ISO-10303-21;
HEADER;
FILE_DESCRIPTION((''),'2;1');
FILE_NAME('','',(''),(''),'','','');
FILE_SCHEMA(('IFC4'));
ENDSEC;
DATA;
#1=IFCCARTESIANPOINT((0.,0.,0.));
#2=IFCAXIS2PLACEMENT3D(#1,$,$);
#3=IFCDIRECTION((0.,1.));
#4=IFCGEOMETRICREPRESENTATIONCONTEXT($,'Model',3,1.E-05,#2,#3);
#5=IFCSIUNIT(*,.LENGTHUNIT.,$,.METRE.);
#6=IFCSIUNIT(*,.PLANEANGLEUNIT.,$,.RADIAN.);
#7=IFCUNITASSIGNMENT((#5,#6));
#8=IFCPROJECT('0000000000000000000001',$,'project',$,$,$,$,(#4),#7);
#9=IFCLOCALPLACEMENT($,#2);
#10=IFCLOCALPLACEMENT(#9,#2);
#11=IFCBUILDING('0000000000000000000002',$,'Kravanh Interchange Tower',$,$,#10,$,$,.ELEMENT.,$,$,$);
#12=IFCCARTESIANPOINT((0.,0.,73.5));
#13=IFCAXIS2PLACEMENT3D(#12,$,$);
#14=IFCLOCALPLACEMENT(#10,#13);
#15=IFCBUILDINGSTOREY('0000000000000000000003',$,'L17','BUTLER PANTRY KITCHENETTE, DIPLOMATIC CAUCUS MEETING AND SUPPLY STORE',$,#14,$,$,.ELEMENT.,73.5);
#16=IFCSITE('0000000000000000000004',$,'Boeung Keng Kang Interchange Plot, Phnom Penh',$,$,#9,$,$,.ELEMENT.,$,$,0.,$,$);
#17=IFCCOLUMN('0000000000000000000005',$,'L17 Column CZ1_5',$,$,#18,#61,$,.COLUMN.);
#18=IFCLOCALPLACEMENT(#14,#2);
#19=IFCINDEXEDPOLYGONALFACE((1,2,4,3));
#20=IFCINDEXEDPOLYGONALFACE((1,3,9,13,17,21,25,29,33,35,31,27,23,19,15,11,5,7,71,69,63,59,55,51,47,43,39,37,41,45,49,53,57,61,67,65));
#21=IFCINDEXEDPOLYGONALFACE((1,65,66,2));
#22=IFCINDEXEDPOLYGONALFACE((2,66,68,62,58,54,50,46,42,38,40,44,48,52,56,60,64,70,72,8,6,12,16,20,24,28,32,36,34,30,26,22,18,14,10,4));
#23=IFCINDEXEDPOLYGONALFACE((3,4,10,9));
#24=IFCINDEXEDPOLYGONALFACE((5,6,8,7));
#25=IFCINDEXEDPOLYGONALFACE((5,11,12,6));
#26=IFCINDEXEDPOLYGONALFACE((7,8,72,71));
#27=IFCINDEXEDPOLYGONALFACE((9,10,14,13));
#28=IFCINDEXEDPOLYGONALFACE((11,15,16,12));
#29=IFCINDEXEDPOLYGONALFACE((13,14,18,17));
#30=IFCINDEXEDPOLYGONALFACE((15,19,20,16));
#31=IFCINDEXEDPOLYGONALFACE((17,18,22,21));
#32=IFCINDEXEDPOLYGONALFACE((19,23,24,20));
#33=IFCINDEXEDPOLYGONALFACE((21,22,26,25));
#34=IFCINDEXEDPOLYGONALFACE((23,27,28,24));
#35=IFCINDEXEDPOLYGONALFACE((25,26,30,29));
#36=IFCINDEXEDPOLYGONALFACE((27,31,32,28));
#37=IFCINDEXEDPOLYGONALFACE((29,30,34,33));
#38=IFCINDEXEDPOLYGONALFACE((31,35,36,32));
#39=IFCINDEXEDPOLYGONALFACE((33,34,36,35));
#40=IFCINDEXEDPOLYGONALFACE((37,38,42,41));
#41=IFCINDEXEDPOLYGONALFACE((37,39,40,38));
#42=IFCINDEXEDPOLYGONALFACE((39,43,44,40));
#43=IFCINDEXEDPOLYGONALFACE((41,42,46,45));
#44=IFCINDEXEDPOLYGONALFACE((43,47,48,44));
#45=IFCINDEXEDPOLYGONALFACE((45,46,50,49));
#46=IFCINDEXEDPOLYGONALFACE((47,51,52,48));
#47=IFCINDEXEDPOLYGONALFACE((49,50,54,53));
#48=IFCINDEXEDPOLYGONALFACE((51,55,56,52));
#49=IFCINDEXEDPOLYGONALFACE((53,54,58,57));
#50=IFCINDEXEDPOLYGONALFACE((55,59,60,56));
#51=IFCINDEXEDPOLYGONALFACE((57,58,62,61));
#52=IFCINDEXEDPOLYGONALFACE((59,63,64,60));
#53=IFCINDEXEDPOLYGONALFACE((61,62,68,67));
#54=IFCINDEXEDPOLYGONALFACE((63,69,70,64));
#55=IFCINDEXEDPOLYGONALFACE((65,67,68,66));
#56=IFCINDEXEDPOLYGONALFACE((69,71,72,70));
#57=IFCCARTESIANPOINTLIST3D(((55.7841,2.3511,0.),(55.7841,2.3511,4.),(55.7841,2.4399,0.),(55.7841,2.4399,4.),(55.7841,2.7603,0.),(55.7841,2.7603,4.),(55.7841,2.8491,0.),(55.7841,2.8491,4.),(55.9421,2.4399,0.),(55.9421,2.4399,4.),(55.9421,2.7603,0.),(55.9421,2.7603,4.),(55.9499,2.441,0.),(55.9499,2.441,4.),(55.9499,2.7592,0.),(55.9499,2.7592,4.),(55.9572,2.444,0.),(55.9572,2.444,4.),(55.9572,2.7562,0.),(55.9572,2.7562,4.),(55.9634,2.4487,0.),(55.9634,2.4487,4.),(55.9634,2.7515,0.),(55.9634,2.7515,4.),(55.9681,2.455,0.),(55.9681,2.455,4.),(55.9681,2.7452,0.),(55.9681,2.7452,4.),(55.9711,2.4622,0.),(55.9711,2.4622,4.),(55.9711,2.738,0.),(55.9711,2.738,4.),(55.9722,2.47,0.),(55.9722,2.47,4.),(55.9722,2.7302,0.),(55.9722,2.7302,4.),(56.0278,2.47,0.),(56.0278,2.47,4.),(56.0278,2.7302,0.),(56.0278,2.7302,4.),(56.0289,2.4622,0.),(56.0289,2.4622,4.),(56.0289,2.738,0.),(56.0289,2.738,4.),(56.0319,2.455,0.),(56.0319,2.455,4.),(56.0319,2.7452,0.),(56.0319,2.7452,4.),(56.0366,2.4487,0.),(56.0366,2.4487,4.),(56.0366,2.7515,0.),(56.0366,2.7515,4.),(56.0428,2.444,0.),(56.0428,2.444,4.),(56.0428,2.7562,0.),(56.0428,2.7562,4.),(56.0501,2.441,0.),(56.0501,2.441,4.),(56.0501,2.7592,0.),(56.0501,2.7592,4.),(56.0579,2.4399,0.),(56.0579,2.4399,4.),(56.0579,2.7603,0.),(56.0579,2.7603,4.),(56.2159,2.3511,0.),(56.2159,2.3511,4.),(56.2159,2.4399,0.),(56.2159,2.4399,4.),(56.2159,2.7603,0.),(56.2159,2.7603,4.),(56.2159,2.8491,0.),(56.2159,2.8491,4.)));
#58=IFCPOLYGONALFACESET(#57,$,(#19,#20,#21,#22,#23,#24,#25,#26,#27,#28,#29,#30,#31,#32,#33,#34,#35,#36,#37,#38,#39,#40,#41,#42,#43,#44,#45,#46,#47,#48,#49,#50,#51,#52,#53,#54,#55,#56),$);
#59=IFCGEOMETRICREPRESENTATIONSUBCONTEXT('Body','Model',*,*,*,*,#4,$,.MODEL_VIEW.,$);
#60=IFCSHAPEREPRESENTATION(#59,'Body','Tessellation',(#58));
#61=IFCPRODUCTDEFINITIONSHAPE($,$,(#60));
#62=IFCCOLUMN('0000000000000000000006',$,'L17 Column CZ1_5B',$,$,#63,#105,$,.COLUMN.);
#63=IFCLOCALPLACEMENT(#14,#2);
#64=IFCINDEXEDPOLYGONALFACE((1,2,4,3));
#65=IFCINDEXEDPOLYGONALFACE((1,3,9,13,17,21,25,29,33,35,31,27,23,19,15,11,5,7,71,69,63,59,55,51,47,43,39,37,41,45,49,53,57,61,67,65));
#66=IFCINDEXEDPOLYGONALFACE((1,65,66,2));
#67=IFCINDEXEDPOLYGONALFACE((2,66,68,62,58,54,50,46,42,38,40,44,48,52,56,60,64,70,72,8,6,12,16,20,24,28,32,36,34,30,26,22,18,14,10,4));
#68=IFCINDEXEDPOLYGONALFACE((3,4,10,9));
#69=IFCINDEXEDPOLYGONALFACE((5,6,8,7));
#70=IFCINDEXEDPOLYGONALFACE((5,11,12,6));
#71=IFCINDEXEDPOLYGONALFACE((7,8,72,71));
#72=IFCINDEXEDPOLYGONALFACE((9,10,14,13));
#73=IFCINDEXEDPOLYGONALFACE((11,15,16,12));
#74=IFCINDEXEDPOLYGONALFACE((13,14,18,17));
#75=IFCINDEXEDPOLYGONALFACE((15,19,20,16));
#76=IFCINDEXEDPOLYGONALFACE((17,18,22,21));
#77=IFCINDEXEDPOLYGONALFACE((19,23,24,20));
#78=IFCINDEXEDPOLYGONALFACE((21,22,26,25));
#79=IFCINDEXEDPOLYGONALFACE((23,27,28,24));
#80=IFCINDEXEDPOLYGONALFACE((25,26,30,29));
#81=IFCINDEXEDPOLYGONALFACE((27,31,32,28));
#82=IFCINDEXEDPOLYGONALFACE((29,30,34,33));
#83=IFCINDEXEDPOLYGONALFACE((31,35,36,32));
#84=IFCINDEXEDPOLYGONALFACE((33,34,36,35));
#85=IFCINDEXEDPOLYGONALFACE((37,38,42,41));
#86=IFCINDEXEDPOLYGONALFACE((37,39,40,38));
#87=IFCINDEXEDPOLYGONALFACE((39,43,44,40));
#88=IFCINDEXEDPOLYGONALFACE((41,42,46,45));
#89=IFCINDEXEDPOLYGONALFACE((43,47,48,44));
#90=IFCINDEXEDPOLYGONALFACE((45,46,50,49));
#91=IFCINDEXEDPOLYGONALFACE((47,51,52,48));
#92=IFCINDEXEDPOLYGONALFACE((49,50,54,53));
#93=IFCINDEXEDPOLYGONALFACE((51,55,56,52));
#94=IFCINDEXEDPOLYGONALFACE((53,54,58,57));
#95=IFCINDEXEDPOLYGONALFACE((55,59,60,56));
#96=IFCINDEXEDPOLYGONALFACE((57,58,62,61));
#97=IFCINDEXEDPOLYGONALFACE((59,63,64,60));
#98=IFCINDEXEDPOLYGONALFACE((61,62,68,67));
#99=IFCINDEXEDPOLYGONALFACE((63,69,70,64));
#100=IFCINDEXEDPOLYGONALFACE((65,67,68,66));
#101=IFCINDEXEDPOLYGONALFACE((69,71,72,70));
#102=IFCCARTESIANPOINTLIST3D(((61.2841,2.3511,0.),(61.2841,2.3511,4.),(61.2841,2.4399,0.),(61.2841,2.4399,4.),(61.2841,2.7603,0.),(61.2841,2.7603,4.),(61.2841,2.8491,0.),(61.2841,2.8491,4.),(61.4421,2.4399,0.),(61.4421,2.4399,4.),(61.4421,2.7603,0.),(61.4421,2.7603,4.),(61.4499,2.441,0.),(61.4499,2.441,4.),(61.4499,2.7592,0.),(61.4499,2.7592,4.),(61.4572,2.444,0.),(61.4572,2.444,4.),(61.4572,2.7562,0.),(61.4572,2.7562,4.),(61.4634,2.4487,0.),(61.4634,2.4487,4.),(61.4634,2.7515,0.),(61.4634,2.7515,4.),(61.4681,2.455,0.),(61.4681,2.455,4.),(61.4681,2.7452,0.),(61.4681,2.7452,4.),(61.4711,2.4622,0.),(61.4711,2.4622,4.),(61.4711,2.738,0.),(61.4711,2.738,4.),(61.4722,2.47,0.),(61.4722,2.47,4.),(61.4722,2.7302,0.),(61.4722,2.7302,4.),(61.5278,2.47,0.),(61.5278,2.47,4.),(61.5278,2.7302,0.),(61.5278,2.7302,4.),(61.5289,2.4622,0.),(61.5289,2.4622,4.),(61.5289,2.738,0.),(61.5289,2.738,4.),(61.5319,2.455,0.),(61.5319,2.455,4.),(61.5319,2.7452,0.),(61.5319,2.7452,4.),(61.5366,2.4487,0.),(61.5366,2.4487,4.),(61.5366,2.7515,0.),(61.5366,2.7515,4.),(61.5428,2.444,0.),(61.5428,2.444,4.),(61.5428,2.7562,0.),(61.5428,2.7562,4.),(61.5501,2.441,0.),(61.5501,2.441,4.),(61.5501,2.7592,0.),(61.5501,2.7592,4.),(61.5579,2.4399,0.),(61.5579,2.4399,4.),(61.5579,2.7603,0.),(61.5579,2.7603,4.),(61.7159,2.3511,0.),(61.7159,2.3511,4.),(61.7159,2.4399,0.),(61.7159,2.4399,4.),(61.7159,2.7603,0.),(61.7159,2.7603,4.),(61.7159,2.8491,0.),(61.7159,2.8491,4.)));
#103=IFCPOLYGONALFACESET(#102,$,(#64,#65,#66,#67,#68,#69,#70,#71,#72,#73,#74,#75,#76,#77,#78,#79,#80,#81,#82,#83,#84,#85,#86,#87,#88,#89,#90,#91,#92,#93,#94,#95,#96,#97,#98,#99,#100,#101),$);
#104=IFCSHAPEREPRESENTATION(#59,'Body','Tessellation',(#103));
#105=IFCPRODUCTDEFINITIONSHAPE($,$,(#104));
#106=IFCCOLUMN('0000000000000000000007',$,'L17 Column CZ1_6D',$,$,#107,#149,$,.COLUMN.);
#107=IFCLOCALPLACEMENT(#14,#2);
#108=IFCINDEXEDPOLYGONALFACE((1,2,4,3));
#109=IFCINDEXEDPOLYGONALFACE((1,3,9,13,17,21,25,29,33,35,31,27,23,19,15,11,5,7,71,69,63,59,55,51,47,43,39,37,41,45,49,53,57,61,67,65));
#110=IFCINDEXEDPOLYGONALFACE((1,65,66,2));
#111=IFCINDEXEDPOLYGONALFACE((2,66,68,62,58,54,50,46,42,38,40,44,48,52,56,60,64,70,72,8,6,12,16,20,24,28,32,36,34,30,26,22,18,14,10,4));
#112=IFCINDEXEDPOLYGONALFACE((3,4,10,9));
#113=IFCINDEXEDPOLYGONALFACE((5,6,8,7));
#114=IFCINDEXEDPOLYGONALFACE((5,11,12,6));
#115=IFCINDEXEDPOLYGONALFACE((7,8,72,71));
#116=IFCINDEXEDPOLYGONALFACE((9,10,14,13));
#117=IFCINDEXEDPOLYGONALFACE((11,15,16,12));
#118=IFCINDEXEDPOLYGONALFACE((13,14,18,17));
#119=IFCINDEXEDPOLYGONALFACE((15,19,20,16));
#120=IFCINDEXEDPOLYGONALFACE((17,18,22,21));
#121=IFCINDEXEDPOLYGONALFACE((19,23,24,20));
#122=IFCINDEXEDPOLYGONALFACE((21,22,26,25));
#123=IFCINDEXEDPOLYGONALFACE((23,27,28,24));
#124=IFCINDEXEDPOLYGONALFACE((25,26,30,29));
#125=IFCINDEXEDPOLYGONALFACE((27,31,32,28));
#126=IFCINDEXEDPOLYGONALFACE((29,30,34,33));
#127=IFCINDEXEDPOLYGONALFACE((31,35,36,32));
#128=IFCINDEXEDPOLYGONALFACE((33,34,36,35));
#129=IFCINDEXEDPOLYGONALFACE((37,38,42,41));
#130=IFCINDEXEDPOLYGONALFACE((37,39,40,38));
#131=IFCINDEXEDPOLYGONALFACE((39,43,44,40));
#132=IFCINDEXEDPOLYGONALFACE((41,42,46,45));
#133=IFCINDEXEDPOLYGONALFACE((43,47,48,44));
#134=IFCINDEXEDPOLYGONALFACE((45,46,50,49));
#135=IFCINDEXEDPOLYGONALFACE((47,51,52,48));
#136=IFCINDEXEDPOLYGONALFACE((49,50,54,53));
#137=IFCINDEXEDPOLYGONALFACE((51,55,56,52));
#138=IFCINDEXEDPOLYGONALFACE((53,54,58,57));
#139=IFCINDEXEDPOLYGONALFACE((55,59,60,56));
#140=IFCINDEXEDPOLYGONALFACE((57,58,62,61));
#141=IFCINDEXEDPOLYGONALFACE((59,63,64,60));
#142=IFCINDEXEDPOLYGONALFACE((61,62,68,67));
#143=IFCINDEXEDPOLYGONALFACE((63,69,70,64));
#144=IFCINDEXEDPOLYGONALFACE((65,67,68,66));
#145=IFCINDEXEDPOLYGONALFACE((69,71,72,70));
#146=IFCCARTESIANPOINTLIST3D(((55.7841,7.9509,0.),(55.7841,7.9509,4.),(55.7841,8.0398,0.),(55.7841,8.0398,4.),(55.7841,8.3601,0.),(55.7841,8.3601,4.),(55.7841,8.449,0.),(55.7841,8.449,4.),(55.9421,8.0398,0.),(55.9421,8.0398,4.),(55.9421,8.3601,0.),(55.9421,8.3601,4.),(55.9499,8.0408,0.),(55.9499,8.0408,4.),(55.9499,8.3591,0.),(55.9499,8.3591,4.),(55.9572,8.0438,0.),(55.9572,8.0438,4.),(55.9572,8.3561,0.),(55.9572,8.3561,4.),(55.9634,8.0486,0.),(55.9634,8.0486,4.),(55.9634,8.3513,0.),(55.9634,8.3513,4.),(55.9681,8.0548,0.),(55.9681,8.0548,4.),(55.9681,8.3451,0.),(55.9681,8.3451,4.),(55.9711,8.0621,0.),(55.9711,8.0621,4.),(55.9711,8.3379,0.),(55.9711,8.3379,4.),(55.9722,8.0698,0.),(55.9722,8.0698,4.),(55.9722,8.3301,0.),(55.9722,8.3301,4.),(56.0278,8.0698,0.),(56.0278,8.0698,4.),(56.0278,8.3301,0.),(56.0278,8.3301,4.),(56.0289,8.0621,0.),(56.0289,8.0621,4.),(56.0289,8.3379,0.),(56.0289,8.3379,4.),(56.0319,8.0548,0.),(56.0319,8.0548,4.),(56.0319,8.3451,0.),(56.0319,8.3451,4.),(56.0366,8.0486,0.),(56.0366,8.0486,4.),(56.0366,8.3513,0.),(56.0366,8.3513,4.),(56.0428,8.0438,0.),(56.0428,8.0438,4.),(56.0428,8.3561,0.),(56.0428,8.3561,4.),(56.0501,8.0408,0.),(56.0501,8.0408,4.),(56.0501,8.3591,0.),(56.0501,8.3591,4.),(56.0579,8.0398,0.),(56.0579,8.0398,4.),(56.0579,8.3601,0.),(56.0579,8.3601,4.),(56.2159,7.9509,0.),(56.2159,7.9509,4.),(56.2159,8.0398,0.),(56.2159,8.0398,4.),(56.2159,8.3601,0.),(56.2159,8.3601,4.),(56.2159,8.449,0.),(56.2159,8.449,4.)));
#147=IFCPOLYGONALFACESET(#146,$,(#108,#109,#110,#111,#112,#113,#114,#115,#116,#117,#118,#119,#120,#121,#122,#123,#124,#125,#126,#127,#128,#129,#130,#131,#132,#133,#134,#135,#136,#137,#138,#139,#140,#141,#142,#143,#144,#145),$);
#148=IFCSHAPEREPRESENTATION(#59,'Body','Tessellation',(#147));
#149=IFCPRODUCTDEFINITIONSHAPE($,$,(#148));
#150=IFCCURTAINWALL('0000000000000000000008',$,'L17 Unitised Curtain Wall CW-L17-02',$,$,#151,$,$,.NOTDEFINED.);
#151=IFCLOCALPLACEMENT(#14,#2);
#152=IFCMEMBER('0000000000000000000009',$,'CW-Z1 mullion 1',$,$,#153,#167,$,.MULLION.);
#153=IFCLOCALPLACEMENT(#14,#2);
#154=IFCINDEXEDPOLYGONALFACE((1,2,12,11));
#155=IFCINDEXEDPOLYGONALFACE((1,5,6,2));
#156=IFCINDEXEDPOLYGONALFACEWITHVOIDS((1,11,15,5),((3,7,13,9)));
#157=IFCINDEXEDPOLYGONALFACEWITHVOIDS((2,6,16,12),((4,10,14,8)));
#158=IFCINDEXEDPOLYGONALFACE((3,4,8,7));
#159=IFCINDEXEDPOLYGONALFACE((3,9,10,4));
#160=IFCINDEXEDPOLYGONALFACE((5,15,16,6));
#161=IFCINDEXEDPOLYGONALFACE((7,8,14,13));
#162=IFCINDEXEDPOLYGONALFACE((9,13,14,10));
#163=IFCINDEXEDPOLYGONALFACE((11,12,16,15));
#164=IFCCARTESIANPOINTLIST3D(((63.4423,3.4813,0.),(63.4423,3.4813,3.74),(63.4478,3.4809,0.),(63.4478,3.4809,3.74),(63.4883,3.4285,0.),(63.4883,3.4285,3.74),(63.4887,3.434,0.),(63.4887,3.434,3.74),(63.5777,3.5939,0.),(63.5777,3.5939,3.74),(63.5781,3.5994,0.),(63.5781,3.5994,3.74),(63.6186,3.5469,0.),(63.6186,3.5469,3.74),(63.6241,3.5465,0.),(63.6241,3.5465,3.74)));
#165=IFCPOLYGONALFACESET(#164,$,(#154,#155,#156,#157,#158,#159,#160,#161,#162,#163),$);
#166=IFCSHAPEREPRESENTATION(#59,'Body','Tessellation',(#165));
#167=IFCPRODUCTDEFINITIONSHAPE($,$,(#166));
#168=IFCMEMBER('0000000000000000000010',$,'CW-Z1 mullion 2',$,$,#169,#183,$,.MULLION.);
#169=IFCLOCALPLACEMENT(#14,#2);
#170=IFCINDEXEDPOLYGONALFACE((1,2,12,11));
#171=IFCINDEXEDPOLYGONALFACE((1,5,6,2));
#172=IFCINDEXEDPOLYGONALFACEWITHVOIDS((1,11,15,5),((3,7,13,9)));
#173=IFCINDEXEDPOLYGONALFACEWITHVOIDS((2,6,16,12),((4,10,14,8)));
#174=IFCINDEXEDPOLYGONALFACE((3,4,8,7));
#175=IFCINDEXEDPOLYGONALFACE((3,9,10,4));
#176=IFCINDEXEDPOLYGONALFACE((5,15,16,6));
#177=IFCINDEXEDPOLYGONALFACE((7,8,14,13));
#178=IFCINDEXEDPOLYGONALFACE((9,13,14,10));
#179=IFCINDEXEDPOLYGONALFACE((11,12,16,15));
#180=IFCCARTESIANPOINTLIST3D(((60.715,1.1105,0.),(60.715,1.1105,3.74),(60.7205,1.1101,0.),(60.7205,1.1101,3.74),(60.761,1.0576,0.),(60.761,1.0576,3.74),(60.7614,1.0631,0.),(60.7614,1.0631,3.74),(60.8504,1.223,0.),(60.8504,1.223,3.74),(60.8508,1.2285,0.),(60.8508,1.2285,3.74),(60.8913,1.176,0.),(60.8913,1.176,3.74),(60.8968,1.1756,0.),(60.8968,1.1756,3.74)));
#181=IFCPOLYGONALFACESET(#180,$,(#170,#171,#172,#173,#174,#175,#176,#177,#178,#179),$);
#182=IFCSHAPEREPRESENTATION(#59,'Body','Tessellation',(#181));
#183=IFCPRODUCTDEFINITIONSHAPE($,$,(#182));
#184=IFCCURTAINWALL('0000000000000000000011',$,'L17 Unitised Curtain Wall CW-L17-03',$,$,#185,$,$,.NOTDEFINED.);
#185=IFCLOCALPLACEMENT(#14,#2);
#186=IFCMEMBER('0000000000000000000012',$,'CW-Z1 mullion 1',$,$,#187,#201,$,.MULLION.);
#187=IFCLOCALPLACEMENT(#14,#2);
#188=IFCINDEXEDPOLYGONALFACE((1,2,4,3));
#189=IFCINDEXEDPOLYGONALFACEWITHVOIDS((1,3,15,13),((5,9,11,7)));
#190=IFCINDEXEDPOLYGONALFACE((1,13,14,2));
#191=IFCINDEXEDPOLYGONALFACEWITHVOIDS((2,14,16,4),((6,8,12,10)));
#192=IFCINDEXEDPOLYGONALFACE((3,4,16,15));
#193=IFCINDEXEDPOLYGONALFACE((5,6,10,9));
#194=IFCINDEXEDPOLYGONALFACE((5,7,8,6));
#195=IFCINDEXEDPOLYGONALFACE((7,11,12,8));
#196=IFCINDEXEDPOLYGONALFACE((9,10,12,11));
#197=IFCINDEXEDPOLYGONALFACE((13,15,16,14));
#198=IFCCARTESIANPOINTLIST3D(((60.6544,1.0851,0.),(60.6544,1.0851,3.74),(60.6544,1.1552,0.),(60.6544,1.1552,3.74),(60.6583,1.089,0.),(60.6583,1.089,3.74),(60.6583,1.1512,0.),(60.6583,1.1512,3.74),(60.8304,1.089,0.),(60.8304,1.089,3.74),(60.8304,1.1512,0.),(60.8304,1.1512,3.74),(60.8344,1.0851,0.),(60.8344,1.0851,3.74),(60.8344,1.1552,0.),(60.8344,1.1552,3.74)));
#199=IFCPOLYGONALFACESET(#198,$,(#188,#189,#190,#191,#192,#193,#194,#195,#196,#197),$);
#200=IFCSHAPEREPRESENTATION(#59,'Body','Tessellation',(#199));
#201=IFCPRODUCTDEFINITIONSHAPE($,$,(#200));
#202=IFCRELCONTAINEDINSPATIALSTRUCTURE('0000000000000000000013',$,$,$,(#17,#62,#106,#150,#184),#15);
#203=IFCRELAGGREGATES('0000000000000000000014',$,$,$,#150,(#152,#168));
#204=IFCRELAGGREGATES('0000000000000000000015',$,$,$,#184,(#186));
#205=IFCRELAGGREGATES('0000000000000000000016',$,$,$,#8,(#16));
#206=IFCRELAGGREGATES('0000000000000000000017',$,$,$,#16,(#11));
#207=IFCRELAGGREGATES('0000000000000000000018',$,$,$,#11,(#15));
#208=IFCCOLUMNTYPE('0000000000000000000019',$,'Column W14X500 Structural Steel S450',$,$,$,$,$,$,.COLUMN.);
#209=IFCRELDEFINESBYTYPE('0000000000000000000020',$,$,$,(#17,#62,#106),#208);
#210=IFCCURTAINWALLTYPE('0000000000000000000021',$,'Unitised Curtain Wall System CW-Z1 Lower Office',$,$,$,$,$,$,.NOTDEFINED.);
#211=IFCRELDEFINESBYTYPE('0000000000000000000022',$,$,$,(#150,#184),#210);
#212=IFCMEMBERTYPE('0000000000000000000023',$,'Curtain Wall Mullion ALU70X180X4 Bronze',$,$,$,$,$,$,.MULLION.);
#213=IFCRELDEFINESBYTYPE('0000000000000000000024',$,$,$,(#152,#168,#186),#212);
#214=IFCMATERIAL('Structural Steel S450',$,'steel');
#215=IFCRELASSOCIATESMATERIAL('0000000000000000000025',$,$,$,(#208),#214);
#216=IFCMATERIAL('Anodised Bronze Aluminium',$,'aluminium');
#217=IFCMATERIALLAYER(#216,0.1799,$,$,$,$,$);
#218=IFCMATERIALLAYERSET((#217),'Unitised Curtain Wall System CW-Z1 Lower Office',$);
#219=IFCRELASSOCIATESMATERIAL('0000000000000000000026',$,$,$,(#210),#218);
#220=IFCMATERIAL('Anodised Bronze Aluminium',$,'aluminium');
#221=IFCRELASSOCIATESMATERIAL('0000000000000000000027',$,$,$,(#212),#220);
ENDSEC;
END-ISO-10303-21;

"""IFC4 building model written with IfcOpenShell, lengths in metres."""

from ifc_helpers import new_model, si_unit, direction, frame, origin, origin_2d, place, context, subcontext, project, spatial, hollow_rectangle, i_section, extrude, material, layer, layer_set, material_profile, profile_set, type_object, element, aggregate, save


model = new_model("IFC4")

# Units and contexts
model_context = context("Model", 3, precision=1e-05, world=origin(), true_north=direction((0.0, 1.0)))
body_context = subcontext(model_context, "Body", "Model", "MODEL_VIEW")
ifc_project = project(units=[si_unit("LENGTHUNIT", "METRE"), si_unit("PLANEANGLEUNIT", "RADIAN")], contexts=[model_context])

# Site, building, storey
site_placement = place(None, origin())
site = spatial("IfcSite", under=ifc_project, at=site_placement, Name="Boeung Keng Kang Interchange Plot, Phnom Penh", CompositionType="ELEMENT", RefElevation=0.0)
building_placement = place(site_placement, origin())
building = spatial("IfcBuilding", under=site, at=building_placement, Name="Kravanh Interchange Tower", CompositionType="ELEMENT")
storey_placement = place(building_placement, frame((0.0, 0.0, 73.5)))
storey = spatial("IfcBuildingStorey", under=building, at=storey_placement, Name="L17", Description="BUTLER PANTRY KITCHENETTE, DIPLOMATIC CAUCUS MEETING AND SUPPLY STORE", CompositionType="ELEMENT", Elevation=73.5)

# Columns
ifc_material_1 = material(Name="Structural Steel S450", Category="steel")
ifc_material_profile_1 = material_profile(ifc_material_1, i_section(OverallWidth=0.4319, OverallDepth=0.498, WebThickness=0.0557, FlangeThickness=0.0889, FilletRadius=0.03, at=origin_2d()), Name="W14X500")
ifc_profile_set_1 = profile_set([ifc_material_profile_1], Name="Structural Steel S450")
column_type = type_object("IfcColumnType", Name="Column W14X500 Structural Steel S450", PredefinedType="COLUMN", material=ifc_profile_set_1)
for number, where, z_axis, x_axis, name in (
    (1, (56.0, 2.6001, 0.0), (0.0, 0.0, 1.0), (1.0, 0.0, 0.0), "L17 Column CZ1_5"),
    (2, (61.5, 2.6001, 0.0), (0.0, 0.0, 1.0), (1.0, 0.0, 0.0), "L17 Column CZ1_5B"),
    (3, (56.0, 8.2, 0.0), (0.0, 0.0, 1.0), (1.0, 0.0, 0.0), "L17 Column CZ1_6D"),
):
    element("IfcColumn", number, at=place(storey_placement, frame(where, z_axis=z_axis, x_axis=x_axis)), inside=storey, type_object=column_type, Name=name, PredefinedType="COLUMN", context=body_context, shape_type="SweptSolid", body=[
        extrude(i_section(OverallWidth=0.4319, OverallDepth=0.498, WebThickness=0.0557, FlangeThickness=0.0889, FilletRadius=0.03, at=origin_2d()), origin(), (0.0, 0.0, 1.0), 4.0),
    ])

# Curtain walls, members
ifc_material_2 = material(Name="Anodised Bronze Aluminium", Category="aluminium")
ifc_layer_1 = layer(ifc_material_2, 0.1799)
ifc_layer_set_1 = layer_set([ifc_layer_1], Name="Unitised Curtain Wall System CW-Z1 Lower Office")
curtain_wall_type = type_object("IfcCurtainWallType", Name="Unitised Curtain Wall System CW-Z1 Lower Office", PredefinedType="NOTDEFINED", material=ifc_layer_set_1)
curtain_wall_1_placement = place(storey_placement, origin())
curtain_wall_1 = element("IfcCurtainWall", 4, at=curtain_wall_1_placement, inside=storey, type_object=curtain_wall_type, Name="L17 Unitised Curtain Wall CW-L17-02", PredefinedType="NOTDEFINED")
ifc_material_3 = material(Name="Anodised Bronze Aluminium", Category="aluminium")
ifc_material_profile_2 = material_profile(ifc_material_3, hollow_rectangle(XDim=0.0701, YDim=0.1799, WallThickness=0.0039, at=origin_2d()), Name="ALU70X180X4")
ifc_profile_set_2 = profile_set([ifc_material_profile_2], Name="Anodised Bronze Aluminium")
member_type_1 = type_object("IfcMemberType", Name="Curtain Wall Mullion ALU70X180X4 Bronze", PredefinedType="MULLION", material=ifc_profile_set_2)
member_1_placement = place(storey_placement, frame((63.5332, 3.5139, 0.0), z_axis=(0.0, 0.0, 1.0), x_axis=(0.65606, -0.754708, 0.0)))
member_1 = element("IfcMember", 5, at=member_1_placement, type_object=member_type_1, Name="CW-Z1 mullion 1", PredefinedType="MULLION", context=body_context, shape_type="SweptSolid", body=[
    extrude(hollow_rectangle(XDim=0.0701, YDim=0.1799, WallThickness=0.0039, at=origin_2d()), origin(), (0.0, 0.0, 1.0), 3.74),
])
member_2_placement = place(storey_placement, frame((60.8059, 1.1431, 0.0), z_axis=(0.0, 0.0, 1.0), x_axis=(0.65606, -0.754708, 0.0)))
member_2 = element("IfcMember", 6, at=member_2_placement, type_object=member_type_1, Name="CW-Z1 mullion 2", PredefinedType="MULLION", context=body_context, shape_type="SweptSolid", body=[
    extrude(hollow_rectangle(XDim=0.0701, YDim=0.1799, WallThickness=0.0039, at=origin_2d()), origin(), (0.0, 0.0, 1.0), 3.74),
])
curtain_wall_2_placement = place(storey_placement, origin())
curtain_wall_2 = element("IfcCurtainWall", 7, at=curtain_wall_2_placement, inside=storey, type_object=curtain_wall_type, Name="L17 Unitised Curtain Wall CW-L17-03", PredefinedType="NOTDEFINED")
member_3_placement = place(storey_placement, frame((60.7444, 1.1201, 0.0), z_axis=(0.0, 0.0, 1.0), x_axis=(0.0, -1.0, 0.0)))
member_3 = element("IfcMember", 8, at=member_3_placement, type_object=member_type_1, Name="CW-Z1 mullion 1", PredefinedType="MULLION", context=body_context, shape_type="SweptSolid", body=[
    extrude(hollow_rectangle(XDim=0.0701, YDim=0.1799, WallThickness=0.0039, at=origin_2d()), origin(), (0.0, 0.0, 1.0), 3.74),
])

aggregate(curtain_wall_1, [member_1, member_2])
aggregate(curtain_wall_2, [member_3])

save(model, "model.ifc")
